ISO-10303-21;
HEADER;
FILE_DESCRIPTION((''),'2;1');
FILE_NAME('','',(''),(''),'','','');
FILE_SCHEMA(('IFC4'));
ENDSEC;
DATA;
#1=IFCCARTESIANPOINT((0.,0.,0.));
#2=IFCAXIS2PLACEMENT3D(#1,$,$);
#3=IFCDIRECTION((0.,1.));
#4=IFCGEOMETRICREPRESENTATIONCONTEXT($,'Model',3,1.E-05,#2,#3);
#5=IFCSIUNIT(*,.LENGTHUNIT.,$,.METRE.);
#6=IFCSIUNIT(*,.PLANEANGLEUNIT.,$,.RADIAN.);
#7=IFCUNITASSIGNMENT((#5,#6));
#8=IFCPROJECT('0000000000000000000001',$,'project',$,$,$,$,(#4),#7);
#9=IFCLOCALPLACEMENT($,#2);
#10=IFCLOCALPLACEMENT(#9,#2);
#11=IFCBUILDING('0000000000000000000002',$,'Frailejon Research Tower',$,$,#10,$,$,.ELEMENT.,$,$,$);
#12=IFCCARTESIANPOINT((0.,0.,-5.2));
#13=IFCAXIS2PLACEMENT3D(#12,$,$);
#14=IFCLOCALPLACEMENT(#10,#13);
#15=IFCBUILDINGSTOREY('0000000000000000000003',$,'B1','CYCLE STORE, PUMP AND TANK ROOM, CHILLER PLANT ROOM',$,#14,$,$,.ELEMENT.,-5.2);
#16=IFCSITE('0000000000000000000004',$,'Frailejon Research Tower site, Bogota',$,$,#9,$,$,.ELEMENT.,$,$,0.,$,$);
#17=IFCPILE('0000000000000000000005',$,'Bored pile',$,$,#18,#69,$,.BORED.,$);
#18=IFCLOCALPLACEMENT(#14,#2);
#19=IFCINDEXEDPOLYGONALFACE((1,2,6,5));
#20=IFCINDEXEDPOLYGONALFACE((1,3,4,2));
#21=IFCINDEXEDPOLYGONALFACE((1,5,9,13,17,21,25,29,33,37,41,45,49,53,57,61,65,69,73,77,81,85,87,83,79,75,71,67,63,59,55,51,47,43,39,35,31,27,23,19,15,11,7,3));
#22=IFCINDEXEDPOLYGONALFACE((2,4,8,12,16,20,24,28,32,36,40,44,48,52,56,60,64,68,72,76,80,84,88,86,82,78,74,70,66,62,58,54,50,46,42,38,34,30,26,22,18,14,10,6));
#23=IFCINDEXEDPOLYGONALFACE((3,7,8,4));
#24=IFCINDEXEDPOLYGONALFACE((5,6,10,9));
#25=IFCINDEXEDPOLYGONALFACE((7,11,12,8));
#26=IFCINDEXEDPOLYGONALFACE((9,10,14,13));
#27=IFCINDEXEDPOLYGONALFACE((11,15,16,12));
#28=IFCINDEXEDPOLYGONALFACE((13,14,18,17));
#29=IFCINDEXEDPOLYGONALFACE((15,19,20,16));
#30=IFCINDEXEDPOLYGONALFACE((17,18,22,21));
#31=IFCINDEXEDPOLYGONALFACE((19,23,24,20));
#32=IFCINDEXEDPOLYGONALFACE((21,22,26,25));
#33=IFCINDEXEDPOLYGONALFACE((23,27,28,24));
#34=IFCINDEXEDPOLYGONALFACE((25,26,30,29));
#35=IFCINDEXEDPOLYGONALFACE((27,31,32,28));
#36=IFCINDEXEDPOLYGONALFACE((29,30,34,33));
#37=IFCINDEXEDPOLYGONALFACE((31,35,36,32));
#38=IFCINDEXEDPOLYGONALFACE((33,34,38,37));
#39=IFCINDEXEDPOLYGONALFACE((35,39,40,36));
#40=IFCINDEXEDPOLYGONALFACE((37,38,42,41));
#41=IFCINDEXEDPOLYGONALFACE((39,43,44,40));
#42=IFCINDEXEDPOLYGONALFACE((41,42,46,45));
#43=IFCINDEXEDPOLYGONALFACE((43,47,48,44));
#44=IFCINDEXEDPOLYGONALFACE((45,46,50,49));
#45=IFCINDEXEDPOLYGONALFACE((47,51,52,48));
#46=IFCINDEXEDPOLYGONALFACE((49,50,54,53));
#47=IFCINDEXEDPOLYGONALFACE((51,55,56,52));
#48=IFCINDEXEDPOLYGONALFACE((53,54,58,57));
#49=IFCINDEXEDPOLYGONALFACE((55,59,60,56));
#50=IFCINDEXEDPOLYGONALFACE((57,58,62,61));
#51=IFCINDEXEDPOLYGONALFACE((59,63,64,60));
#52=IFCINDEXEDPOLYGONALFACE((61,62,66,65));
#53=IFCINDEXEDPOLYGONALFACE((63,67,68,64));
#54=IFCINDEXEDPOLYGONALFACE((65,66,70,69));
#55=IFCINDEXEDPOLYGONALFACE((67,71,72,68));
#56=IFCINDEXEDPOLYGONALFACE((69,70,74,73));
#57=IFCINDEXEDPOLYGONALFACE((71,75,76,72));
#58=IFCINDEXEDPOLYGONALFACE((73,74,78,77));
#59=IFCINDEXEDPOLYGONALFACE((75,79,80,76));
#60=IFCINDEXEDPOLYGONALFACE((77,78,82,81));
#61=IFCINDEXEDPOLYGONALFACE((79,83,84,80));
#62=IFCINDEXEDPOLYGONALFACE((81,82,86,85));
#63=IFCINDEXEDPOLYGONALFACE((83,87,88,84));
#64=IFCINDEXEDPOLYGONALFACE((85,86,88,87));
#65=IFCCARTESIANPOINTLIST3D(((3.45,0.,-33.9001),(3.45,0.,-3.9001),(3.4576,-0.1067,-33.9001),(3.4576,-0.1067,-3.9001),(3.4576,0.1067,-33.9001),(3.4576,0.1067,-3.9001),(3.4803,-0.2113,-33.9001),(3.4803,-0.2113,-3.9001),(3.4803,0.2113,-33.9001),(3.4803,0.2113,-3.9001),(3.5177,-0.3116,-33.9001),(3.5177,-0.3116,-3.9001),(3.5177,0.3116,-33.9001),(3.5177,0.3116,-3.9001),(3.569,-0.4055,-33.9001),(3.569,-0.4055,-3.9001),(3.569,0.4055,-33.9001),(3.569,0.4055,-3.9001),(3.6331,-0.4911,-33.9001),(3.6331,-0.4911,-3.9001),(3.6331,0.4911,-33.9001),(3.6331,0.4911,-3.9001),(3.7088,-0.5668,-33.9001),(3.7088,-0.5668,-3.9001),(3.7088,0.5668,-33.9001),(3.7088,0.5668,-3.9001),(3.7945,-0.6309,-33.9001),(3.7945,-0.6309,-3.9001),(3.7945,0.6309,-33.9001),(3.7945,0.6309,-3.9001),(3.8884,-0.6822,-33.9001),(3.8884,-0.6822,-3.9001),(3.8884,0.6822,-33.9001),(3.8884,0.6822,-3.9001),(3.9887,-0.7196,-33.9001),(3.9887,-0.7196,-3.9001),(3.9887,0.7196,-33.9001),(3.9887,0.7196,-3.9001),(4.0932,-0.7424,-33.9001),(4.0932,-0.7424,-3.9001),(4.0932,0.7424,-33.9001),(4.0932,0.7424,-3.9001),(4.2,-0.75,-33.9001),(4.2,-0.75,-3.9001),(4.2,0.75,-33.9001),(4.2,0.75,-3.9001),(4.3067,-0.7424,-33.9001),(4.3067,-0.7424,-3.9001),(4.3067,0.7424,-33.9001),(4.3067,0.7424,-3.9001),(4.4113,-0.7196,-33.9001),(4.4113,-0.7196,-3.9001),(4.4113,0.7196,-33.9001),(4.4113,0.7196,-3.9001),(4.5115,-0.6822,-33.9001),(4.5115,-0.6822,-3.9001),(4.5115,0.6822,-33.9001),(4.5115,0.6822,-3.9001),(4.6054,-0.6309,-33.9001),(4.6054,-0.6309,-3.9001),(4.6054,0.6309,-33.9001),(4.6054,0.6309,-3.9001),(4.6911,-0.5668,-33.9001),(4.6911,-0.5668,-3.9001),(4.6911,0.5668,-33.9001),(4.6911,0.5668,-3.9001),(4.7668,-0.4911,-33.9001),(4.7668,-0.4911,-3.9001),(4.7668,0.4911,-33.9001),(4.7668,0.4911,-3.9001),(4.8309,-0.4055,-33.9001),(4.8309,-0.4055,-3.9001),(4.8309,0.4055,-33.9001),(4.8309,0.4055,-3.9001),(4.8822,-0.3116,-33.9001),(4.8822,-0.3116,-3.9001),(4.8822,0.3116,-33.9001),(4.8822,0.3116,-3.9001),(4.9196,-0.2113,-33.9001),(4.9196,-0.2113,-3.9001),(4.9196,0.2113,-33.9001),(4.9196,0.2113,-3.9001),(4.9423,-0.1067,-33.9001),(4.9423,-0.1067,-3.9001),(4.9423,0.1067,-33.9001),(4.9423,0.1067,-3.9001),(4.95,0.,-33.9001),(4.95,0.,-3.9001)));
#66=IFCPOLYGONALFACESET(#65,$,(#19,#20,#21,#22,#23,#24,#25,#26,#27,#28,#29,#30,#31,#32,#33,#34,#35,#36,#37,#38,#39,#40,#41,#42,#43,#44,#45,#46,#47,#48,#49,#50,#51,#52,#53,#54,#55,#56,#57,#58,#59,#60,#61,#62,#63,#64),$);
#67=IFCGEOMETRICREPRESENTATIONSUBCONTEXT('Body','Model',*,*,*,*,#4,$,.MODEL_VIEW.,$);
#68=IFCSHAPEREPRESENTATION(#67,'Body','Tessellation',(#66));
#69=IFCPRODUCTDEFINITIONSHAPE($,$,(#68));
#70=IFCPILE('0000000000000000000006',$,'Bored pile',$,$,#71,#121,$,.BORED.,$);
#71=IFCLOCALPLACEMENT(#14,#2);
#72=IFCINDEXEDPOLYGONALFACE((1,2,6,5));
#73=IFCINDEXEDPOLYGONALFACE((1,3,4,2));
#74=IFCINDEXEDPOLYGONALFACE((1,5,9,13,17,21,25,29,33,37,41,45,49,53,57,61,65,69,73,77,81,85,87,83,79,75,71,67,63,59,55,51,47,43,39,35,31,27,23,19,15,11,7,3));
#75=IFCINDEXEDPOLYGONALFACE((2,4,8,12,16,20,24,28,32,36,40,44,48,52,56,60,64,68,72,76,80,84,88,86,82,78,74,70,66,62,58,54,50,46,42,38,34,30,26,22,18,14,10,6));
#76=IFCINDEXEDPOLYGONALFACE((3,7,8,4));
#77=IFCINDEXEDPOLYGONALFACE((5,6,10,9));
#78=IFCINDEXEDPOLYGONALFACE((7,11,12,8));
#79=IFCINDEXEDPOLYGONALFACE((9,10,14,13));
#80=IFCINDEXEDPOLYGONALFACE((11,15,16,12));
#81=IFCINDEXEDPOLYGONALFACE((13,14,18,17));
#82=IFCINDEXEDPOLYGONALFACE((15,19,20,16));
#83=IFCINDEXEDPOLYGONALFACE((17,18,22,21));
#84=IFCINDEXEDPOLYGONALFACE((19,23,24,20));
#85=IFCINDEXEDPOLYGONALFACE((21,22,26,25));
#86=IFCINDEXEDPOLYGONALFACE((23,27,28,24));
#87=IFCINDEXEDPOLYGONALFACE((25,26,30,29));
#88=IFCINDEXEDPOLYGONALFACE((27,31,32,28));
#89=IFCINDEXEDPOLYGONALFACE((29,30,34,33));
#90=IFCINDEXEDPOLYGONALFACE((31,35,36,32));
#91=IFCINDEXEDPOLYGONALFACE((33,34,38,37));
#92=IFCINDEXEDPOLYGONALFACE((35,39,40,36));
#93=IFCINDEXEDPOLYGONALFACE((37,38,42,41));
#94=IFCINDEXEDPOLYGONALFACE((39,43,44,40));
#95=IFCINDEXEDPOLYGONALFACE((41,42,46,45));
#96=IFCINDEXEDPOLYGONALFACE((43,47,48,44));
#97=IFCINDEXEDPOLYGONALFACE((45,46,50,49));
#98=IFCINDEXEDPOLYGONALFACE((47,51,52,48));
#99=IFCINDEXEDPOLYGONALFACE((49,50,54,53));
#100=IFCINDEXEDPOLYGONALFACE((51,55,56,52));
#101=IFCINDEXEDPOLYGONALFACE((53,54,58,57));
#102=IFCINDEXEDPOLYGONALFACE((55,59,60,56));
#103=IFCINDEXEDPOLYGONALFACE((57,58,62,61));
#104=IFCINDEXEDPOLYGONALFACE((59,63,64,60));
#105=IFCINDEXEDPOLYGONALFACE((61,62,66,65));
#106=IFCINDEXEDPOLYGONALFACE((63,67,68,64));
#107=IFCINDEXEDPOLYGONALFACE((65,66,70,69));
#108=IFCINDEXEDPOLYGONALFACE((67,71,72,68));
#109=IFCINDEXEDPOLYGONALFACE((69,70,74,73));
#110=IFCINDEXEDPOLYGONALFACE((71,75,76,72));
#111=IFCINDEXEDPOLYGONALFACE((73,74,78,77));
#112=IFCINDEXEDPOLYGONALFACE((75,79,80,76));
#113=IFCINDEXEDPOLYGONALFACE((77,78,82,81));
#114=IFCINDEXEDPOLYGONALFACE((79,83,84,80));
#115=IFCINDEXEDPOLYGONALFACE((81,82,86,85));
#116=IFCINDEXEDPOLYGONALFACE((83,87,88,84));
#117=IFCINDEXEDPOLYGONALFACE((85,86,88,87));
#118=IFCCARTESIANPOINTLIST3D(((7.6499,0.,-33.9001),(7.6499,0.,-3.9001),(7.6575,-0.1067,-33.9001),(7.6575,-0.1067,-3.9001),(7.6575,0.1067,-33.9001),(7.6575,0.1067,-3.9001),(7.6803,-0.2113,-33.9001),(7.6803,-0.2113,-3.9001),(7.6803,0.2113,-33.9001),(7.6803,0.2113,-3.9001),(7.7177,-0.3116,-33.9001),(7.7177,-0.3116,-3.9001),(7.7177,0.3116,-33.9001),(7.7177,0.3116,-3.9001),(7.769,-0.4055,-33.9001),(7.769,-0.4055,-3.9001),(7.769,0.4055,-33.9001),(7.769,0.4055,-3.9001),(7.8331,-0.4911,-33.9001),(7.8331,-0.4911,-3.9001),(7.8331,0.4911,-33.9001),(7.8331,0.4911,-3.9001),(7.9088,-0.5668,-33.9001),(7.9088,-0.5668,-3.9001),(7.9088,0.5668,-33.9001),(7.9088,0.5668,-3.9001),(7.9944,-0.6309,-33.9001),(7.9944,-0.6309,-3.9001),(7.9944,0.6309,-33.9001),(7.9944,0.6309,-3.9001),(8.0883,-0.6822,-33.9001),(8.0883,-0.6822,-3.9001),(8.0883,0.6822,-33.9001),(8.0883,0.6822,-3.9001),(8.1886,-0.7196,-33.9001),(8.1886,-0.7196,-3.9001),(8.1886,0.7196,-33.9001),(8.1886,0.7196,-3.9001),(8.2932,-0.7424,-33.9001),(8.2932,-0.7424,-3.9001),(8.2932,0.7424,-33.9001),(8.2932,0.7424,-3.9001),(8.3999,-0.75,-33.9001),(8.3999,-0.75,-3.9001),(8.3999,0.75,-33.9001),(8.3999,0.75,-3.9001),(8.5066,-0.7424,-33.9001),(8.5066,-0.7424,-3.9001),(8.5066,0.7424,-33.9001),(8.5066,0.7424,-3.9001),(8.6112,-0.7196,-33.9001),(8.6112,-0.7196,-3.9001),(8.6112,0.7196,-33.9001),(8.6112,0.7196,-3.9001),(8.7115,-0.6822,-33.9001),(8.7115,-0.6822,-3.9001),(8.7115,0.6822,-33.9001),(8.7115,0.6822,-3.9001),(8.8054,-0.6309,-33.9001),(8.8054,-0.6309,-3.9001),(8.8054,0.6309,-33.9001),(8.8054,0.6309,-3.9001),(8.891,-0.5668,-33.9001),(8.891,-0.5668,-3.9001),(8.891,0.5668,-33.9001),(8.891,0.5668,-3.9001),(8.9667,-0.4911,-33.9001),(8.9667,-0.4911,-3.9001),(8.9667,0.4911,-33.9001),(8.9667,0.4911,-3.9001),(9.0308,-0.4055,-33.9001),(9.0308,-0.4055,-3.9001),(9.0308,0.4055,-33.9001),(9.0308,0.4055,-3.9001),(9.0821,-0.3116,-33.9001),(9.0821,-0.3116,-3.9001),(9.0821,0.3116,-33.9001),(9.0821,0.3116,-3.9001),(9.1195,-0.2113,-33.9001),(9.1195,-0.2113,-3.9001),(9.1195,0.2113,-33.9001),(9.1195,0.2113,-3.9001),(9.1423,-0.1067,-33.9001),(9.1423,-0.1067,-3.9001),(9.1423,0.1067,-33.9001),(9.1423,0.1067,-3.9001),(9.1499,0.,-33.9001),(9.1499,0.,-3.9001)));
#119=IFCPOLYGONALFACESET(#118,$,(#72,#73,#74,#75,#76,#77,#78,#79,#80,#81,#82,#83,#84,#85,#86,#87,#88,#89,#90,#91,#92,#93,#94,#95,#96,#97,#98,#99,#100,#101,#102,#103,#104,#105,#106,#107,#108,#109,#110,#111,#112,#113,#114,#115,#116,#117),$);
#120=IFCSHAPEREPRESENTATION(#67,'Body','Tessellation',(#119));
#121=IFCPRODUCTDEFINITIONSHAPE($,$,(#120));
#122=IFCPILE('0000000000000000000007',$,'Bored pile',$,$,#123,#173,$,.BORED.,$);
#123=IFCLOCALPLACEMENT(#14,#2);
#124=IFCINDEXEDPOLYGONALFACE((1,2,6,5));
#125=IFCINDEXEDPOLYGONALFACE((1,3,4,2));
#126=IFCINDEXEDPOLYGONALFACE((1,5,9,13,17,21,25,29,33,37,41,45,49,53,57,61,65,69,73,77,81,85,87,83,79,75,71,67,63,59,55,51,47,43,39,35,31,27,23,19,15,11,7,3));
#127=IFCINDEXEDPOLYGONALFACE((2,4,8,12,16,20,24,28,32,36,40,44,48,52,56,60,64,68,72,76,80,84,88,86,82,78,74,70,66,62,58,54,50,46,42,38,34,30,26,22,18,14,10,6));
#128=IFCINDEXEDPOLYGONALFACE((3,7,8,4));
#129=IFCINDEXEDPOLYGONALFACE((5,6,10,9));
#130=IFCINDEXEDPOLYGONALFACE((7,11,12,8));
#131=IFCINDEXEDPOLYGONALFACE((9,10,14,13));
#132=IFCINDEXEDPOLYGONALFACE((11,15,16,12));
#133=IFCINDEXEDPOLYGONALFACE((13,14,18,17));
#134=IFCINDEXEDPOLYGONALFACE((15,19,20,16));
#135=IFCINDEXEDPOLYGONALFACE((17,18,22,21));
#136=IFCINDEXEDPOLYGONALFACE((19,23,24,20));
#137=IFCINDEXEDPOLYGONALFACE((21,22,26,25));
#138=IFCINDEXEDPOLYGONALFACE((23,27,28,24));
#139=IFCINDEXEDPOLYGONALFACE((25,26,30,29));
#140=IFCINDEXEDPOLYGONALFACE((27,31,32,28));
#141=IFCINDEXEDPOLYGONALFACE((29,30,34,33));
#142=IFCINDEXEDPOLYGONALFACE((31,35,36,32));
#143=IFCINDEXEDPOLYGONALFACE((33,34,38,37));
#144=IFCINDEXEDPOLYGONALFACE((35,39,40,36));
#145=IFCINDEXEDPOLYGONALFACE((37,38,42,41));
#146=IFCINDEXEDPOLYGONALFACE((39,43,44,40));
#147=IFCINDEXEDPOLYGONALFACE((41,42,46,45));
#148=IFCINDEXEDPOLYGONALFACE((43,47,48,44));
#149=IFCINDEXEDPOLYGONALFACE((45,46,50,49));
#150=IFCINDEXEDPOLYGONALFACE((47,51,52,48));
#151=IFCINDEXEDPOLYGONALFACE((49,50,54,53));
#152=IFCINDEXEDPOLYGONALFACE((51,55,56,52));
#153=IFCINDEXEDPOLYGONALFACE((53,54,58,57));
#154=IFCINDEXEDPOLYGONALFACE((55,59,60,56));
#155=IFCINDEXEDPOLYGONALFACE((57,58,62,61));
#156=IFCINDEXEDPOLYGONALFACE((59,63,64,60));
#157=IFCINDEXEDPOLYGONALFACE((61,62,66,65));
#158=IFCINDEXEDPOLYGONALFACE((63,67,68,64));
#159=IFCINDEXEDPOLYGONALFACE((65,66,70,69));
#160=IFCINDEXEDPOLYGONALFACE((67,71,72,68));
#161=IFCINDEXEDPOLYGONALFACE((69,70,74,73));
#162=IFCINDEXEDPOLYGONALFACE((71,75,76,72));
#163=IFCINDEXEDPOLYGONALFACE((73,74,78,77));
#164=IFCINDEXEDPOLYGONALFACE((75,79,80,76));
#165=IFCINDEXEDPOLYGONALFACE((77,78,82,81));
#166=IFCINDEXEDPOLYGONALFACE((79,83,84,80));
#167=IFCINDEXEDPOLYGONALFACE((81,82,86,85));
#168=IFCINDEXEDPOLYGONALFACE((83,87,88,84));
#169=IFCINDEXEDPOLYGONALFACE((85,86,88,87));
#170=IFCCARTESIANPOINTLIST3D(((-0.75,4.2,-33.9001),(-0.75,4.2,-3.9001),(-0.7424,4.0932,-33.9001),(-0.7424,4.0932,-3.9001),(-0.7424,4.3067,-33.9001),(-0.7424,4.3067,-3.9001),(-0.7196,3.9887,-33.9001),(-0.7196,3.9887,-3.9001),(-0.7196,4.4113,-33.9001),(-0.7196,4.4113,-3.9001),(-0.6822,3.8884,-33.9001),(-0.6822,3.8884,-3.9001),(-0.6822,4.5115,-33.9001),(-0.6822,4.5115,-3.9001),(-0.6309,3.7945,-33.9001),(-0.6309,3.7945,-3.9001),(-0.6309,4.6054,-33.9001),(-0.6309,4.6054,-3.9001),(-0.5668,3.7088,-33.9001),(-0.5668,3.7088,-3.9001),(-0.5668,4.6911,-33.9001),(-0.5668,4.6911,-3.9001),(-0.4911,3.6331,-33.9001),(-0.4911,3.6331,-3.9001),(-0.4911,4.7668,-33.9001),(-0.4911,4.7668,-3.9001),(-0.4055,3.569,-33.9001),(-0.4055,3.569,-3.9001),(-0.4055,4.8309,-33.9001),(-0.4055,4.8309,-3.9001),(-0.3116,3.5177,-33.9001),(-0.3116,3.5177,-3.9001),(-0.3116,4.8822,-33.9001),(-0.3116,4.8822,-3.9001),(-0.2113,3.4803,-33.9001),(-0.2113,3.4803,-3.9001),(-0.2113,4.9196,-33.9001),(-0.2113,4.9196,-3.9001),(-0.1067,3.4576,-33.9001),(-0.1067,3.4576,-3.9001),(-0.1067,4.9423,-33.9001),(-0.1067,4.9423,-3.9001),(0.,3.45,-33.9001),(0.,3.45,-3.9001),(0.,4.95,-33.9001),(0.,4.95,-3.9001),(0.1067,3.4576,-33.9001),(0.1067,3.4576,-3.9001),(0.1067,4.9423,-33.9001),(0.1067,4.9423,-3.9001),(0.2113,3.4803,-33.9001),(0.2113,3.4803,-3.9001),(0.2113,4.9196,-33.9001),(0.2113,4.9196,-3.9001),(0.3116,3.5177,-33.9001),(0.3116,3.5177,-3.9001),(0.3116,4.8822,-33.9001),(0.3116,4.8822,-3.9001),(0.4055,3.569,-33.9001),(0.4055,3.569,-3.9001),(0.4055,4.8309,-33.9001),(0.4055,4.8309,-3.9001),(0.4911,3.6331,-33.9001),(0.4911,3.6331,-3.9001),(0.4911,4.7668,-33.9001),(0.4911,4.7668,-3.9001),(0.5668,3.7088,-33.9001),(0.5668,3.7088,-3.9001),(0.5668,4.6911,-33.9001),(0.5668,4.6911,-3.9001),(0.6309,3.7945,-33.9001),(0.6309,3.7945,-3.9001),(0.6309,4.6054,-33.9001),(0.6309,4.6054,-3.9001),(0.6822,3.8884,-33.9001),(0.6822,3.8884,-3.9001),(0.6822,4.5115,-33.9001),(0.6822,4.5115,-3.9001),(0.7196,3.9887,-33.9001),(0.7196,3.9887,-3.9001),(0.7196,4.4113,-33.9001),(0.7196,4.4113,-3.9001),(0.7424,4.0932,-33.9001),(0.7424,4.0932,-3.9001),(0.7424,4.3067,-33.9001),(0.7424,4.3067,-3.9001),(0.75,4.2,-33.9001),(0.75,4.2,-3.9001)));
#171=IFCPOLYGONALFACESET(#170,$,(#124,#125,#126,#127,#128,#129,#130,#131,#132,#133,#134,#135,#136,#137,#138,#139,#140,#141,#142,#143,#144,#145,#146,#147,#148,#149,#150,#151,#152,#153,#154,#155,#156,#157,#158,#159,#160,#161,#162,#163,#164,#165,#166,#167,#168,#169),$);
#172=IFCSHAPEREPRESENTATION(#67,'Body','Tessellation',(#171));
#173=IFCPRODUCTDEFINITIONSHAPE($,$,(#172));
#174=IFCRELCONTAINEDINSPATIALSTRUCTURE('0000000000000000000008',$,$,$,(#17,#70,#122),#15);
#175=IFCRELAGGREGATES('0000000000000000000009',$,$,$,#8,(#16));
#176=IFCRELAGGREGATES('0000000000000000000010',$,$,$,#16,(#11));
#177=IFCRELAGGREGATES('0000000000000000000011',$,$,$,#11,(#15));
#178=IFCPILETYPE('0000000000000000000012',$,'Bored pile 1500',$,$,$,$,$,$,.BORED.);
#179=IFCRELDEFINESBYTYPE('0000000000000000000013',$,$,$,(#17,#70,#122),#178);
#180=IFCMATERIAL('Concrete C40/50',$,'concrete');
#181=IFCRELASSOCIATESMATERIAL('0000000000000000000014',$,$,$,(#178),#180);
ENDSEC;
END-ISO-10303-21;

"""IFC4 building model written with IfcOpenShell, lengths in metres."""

from ifc_helpers import new_model, si_unit, direction, frame, origin, origin_2d, place, context, subcontext, project, spatial, circle, extrude, material, material_profile, profile_set, type_object, element, save


model = new_model("IFC4")

# Units and contexts
model_context = context("Model", 3, precision=1e-05, world=origin(), true_north=direction((0.0, 1.0)))
body_context = subcontext(model_context, "Body", "Model", "MODEL_VIEW")
ifc_project = project(units=[si_unit("LENGTHUNIT", "METRE"), si_unit("PLANEANGLEUNIT", "RADIAN")], contexts=[model_context])

# Site, building, storey
site_placement = place(None, origin())
site = spatial("IfcSite", under=ifc_project, at=site_placement, Name="Frailejon Research Tower site, Bogota", CompositionType="ELEMENT", RefElevation=0.0)
building_placement = place(site_placement, origin())
building = spatial("IfcBuilding", under=site, at=building_placement, Name="Frailejon Research Tower", CompositionType="ELEMENT")
storey_placement = place(building_placement, frame((0.0, 0.0, -5.2)))
storey = spatial("IfcBuildingStorey", under=building, at=storey_placement, Name="B1", Description="CYCLE STORE, PUMP AND TANK ROOM, CHILLER PLANT ROOM", CompositionType="ELEMENT", Elevation=-5.2)

# Piles
ifc_material_1 = material(Name="Concrete C40/50", Category="concrete")
ifc_material_profile = material_profile(ifc_material_1, circle(Radius=0.75, at=origin_2d()), Name="Bored pile 1500")
ifc_profile_set = profile_set([ifc_material_profile], Name="Concrete C40/50")
pile_type = type_object("IfcPileType", Name="Bored pile 1500", PredefinedType="BORED", material=ifc_profile_set)
for number, where, z_axis, x_axis, name in (
    (1, (4.2, 0.0, -3.9001), (0.0, 0.0, -1.0), (1.0, 0.0, 0.0), "Bored pile"),
    (2, (8.3999, 0.0, -3.9001), (0.0, 0.0, -1.0), (1.0, 0.0, 0.0), "Bored pile"),
    (3, (0.0, 4.2, -3.9001), (0.0, 0.0, -1.0), (1.0, 0.0, 0.0), "Bored pile"),
):
    element("IfcPile", number, at=place(storey_placement, frame(where, z_axis=z_axis, x_axis=x_axis)), inside=storey, type_object=pile_type, Name=name, PredefinedType="BORED", context=body_context, shape_type="SweptSolid", body=[
        extrude(circle(Radius=0.75, at=origin_2d()), origin(), (0.0, 0.0, 1.0), 30.0),
    ])

save(model, "model.ifc")
